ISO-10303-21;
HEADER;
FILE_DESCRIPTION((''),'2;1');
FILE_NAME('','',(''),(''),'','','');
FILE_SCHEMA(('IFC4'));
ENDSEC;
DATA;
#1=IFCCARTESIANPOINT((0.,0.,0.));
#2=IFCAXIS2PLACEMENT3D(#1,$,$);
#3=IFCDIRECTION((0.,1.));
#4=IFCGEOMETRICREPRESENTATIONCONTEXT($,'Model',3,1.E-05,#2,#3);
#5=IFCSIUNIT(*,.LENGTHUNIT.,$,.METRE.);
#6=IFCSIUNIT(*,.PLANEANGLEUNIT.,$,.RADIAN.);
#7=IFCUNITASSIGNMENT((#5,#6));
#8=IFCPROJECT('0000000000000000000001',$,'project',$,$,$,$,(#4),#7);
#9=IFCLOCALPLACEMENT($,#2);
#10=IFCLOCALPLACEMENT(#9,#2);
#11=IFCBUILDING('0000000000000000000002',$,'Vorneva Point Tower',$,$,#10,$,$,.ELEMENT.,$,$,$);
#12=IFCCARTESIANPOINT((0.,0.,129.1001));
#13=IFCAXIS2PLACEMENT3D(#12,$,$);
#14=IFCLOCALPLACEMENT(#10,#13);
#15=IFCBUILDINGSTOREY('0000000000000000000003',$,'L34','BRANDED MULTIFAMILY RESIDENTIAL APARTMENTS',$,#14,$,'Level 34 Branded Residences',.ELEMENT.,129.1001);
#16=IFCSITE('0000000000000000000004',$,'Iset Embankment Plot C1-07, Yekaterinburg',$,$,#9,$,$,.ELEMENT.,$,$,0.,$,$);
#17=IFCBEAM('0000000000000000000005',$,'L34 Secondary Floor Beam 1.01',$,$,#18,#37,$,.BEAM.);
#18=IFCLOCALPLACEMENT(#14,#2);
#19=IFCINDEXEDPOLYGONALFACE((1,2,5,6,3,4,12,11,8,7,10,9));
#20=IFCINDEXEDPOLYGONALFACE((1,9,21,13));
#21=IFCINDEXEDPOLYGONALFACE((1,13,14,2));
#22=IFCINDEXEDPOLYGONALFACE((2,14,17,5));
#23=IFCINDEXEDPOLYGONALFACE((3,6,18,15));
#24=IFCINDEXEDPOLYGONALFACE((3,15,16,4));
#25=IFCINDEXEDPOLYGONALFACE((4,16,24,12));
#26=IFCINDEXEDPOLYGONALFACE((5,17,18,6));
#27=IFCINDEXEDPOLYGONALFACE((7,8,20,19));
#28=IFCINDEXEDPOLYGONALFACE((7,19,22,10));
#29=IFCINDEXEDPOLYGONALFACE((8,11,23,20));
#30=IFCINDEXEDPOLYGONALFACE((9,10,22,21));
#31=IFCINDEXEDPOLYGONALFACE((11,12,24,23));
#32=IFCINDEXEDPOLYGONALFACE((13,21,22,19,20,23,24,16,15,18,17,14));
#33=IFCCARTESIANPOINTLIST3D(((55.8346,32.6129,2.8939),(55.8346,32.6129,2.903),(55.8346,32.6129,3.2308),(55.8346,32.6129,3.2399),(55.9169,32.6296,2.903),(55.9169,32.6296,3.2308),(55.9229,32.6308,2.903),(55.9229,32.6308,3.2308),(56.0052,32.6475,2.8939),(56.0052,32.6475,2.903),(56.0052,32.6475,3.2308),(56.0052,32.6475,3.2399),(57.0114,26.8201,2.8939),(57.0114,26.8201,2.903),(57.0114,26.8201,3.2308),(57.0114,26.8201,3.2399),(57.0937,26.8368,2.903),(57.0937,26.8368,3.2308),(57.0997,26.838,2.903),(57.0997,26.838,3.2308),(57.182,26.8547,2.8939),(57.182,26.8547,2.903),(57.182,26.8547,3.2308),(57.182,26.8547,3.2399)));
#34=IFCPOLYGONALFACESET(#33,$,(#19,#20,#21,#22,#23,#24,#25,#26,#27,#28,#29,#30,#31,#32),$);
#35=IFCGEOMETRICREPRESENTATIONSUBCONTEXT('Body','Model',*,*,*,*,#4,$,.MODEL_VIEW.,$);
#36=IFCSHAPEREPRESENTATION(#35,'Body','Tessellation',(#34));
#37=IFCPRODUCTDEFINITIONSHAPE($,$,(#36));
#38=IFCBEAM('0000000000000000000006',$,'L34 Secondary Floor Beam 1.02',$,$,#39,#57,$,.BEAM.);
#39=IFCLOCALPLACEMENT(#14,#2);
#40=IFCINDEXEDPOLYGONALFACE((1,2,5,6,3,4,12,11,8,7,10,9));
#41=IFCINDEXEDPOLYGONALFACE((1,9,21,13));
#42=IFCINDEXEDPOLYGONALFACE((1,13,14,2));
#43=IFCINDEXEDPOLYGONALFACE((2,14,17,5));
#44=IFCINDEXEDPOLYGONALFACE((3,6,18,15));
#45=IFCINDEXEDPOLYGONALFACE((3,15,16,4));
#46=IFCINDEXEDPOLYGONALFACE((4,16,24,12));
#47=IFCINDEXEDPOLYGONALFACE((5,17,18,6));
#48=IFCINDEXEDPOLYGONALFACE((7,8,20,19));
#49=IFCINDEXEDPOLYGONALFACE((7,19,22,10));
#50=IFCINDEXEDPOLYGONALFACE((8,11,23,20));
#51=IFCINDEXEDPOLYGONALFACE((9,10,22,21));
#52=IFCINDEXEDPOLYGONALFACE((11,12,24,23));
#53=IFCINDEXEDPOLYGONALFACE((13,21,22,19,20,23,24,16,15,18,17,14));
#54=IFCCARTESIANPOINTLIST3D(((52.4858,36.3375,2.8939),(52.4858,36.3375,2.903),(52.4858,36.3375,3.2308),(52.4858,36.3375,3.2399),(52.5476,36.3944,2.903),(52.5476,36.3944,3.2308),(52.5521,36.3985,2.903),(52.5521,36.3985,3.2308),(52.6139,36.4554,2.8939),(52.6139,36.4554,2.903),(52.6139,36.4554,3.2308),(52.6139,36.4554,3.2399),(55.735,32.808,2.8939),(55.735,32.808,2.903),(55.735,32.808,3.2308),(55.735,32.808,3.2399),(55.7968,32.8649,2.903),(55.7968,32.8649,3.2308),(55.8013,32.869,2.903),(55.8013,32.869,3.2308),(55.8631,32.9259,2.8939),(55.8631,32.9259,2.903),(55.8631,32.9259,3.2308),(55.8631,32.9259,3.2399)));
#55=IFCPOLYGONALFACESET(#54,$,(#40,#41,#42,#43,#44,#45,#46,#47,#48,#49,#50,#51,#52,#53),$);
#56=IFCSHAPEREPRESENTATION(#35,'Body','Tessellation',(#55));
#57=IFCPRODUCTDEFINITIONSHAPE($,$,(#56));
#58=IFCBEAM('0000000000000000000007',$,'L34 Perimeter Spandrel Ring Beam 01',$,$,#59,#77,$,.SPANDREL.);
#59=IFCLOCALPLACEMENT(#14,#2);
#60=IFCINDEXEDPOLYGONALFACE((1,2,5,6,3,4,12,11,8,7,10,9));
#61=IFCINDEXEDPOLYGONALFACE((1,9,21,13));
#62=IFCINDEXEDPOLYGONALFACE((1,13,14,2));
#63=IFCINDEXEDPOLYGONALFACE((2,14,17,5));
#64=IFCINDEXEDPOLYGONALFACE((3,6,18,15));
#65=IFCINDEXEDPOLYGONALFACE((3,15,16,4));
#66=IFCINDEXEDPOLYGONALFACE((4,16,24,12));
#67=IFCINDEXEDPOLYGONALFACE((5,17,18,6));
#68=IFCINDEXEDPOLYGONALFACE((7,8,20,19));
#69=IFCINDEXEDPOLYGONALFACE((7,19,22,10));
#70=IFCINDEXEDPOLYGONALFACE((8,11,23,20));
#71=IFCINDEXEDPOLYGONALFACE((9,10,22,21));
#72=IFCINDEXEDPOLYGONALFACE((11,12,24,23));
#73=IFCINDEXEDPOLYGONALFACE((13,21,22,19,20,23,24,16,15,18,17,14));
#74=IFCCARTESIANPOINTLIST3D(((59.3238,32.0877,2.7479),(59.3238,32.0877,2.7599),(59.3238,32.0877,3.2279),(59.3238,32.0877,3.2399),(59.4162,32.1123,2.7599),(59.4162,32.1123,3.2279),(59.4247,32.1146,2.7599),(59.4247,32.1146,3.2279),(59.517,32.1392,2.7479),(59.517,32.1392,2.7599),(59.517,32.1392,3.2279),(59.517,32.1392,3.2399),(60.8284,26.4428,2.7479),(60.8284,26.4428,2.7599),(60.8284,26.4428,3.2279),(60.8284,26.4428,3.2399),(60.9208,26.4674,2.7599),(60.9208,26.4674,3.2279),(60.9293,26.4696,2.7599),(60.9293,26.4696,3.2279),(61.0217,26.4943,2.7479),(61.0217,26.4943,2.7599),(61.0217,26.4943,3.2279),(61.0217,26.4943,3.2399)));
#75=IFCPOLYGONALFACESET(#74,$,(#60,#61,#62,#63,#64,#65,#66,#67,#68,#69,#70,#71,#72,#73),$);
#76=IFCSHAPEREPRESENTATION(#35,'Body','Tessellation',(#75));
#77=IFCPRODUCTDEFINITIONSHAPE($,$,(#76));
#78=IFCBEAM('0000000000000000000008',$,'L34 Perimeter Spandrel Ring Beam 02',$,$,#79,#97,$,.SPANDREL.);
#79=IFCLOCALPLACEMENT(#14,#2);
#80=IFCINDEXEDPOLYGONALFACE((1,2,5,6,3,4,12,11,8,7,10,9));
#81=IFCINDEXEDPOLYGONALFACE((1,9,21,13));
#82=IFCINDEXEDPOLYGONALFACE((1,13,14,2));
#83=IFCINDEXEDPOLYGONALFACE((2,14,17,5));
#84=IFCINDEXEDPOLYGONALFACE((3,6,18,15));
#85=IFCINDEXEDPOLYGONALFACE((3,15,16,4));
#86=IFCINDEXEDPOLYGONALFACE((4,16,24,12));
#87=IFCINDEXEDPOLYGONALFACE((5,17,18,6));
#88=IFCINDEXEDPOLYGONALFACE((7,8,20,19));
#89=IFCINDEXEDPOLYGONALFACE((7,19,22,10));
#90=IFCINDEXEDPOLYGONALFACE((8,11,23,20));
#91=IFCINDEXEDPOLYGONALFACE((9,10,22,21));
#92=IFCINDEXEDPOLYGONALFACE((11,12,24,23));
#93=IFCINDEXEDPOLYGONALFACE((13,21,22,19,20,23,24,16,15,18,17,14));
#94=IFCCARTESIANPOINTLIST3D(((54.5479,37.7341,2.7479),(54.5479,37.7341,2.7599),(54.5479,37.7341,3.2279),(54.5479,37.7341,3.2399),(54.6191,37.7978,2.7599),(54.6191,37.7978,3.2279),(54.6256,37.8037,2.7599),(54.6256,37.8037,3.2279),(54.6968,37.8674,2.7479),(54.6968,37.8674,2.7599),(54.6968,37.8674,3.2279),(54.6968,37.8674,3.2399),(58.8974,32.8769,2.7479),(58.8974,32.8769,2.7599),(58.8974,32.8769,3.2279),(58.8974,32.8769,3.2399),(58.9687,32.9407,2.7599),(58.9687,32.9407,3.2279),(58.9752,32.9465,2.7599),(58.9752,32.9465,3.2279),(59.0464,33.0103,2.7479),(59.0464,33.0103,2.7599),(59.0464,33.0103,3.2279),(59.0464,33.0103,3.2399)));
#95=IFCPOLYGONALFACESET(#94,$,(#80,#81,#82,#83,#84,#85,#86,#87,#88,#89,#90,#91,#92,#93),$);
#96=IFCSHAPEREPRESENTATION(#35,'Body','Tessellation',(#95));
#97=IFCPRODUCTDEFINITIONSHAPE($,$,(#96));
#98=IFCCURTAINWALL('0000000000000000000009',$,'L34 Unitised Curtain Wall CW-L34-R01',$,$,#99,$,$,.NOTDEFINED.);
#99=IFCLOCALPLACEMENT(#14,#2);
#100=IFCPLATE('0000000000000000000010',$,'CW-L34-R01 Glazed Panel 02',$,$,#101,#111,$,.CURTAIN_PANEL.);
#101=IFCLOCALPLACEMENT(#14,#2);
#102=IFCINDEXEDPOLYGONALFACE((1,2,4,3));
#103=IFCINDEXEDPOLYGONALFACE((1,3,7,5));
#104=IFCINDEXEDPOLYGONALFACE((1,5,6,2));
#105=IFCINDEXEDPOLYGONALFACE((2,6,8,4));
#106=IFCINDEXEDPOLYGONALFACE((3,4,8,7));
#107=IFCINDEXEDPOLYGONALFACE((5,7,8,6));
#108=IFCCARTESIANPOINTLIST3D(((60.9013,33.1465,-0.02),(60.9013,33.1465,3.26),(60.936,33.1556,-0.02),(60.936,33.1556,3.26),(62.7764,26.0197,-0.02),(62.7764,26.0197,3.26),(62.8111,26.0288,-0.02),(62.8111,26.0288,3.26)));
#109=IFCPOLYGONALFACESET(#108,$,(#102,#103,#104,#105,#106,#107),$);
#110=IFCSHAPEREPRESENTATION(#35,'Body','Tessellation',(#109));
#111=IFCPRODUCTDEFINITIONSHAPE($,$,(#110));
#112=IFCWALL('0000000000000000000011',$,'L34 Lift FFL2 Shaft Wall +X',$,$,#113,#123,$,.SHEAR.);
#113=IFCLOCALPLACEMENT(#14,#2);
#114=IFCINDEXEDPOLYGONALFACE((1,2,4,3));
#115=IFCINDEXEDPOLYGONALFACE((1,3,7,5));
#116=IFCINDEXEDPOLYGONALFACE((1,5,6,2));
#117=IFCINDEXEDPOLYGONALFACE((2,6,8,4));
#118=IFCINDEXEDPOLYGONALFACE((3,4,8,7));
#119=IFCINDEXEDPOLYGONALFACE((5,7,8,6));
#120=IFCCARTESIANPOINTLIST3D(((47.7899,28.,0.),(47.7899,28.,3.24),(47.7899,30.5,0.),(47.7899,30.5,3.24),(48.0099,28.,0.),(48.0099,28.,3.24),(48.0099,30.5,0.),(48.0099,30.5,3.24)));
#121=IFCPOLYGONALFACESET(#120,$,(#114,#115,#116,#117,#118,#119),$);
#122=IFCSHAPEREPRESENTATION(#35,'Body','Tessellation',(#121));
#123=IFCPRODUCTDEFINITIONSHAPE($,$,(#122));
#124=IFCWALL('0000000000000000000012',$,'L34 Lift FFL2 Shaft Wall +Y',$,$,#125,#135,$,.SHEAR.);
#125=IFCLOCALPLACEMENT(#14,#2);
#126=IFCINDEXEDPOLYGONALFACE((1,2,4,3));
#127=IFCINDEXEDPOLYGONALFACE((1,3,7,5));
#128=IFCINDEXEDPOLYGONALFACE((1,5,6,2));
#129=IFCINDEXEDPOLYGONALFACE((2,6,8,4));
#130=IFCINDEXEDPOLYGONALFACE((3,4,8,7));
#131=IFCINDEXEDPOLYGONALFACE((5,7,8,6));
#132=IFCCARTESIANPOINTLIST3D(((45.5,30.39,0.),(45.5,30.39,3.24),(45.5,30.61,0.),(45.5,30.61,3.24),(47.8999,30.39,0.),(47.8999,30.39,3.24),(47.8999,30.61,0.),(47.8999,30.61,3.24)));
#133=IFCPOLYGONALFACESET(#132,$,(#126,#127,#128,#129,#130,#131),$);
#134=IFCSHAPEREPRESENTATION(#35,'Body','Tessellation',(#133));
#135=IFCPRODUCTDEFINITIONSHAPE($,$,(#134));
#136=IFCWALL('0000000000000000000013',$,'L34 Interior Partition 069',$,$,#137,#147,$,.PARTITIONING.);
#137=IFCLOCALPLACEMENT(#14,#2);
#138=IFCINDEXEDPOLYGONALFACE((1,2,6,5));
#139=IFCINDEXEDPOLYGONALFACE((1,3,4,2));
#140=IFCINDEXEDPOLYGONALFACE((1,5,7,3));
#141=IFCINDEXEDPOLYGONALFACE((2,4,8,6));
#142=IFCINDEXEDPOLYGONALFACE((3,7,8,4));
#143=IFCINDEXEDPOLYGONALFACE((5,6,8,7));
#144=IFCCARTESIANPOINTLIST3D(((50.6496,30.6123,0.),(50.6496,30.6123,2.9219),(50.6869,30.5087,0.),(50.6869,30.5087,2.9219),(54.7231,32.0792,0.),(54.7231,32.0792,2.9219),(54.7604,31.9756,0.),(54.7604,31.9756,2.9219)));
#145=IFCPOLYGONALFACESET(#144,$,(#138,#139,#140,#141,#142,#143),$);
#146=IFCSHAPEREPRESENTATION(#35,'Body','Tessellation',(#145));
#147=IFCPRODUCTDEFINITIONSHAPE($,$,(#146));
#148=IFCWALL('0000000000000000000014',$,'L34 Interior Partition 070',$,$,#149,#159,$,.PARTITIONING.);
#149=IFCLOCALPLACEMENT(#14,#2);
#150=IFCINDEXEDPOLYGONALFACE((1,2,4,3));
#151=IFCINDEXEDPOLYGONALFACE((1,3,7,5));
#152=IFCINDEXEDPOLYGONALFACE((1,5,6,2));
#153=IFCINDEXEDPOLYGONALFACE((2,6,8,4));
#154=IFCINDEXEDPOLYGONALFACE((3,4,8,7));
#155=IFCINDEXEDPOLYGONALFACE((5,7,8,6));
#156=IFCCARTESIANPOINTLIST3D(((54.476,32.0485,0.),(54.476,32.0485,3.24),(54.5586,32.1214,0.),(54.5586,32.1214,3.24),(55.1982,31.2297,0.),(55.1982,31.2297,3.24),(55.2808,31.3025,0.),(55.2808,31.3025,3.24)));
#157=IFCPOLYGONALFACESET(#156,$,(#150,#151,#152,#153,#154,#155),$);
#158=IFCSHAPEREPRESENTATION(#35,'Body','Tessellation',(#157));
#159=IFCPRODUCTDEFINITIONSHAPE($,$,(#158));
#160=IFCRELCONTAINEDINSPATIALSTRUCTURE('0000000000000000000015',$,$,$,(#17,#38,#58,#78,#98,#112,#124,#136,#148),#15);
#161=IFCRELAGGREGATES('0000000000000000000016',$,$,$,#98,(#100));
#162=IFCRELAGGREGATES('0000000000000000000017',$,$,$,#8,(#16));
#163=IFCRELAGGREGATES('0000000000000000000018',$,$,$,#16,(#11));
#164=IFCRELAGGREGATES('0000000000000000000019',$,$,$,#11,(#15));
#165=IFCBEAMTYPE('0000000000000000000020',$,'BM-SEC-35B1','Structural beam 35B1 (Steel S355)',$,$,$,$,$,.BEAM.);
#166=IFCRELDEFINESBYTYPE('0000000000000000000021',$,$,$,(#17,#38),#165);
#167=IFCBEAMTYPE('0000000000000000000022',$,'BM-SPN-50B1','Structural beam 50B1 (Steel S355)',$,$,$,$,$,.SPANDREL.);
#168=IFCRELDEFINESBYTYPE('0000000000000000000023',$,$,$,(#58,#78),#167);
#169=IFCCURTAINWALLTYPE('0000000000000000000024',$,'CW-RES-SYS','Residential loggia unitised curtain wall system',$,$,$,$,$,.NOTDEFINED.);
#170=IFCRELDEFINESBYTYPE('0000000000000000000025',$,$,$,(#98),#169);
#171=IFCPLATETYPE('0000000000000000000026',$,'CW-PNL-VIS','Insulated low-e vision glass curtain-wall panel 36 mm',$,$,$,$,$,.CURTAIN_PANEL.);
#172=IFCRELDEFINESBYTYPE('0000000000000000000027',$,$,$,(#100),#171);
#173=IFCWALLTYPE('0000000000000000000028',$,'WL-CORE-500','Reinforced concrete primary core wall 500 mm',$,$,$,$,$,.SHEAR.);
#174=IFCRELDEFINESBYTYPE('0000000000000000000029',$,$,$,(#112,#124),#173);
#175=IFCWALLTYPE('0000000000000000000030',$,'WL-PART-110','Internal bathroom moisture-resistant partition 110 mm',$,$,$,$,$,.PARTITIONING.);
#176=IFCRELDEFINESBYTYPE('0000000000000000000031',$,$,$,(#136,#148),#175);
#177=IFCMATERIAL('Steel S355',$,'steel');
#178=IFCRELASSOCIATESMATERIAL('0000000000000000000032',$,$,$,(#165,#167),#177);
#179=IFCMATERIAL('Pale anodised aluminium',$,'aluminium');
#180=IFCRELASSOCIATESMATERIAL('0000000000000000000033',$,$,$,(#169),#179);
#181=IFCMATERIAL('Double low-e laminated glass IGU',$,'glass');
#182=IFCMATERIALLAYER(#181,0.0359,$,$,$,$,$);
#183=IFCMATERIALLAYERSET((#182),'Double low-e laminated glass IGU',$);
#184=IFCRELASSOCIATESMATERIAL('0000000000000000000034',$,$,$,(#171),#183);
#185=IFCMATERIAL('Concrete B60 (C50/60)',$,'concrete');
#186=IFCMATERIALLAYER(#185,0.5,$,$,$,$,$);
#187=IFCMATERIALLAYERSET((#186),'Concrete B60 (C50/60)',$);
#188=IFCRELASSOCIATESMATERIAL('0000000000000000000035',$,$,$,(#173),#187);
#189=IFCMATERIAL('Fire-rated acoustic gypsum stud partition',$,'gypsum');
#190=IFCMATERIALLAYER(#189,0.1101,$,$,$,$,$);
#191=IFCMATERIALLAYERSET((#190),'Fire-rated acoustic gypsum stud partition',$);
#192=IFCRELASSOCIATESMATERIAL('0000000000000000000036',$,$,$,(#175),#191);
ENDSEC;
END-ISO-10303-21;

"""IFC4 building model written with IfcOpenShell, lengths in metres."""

from ifc_helpers import new_model, si_unit, direction, frame, frame_2d, origin, origin_2d, place, context, subcontext, project, spatial, rectangle, i_section, extrude, material, layer, layer_set, material_profile, profile_set, type_object, element, aggregate, save


model = new_model("IFC4")

# Units and contexts
model_context = context("Model", 3, precision=1e-05, world=origin(), true_north=direction((0.0, 1.0)))
body_context = subcontext(model_context, "Body", "Model", "MODEL_VIEW")
ifc_project = project(units=[si_unit("LENGTHUNIT", "METRE"), si_unit("PLANEANGLEUNIT", "RADIAN")], contexts=[model_context])

# Site, building, storey
site_placement = place(None, origin())
site = spatial("IfcSite", under=ifc_project, at=site_placement, Name="Iset Embankment Plot C1-07, Yekaterinburg", CompositionType="ELEMENT", RefElevation=0.0)
building_placement = place(site_placement, origin())
building = spatial("IfcBuilding", under=site, at=building_placement, Name="Vorneva Point Tower", CompositionType="ELEMENT")
storey_placement = place(building_placement, frame((0.0, 0.0, 129.1001)))
storey = spatial("IfcBuildingStorey", under=building, at=storey_placement, Name="L34", Description="BRANDED MULTIFAMILY RESIDENTIAL APARTMENTS", LongName="Level 34 Branded Residences", CompositionType="ELEMENT", Elevation=129.1001)

# Shared definitions
ifc_material_1 = material(Name="Concrete B60 (C50/60)", Category="concrete")

# Beams
ifc_material_2 = material(Name="Steel S355", Category="steel")
ifc_material_profile_1 = material_profile(ifc_material_2, i_section(OverallWidth=0.1741, OverallDepth=0.3459, WebThickness=0.0061, FlangeThickness=0.009, at=origin_2d()), Name="35B1")
ifc_profile_set_1 = profile_set([ifc_material_profile_1], Name="Steel S355")
beam_type_1 = type_object("IfcBeamType", Name="BM-SEC-35B1", Description="Structural beam 35B1 (Steel S355)", PredefinedType="BEAM", material=ifc_profile_set_1)
beam_1_placement = place(storey_placement, frame((57.0967, 26.8374, 3.0669), z_axis=(-0.199078, 0.979984, 0.0), x_axis=(-0.979984, -0.199078, 0.0)))
element("IfcBeam", 1, at=beam_1_placement, inside=storey, type_object=beam_type_1, Name="L34 Secondary Floor Beam 1.01", PredefinedType="BEAM", context=body_context, shape_type="SweptSolid", body=[
    extrude(i_section(OverallWidth=0.1741, OverallDepth=0.3459, WebThickness=0.0061, FlangeThickness=0.009, at=origin_2d()), origin(), (0.0, 0.0, 1.0), 5.9111),
])
beam_2_placement = place(storey_placement, frame((55.7991, 32.8669, 3.0669), z_axis=(-0.677292, 0.735714, 0.0), x_axis=(-0.735714, -0.677292, 0.0)))
element("IfcBeam", 2, at=beam_2_placement, inside=storey, type_object=beam_type_1, Name="L34 Secondary Floor Beam 1.02", PredefinedType="BEAM", context=body_context, shape_type="SweptSolid", body=[
    extrude(i_section(OverallWidth=0.1741, OverallDepth=0.3459, WebThickness=0.0061, FlangeThickness=0.009, at=origin_2d()), origin(), (0.0, 0.0, 1.0), 4.7974),
])
ifc_material_profile_2 = material_profile(ifc_material_2, i_section(OverallWidth=0.2, OverallDepth=0.4919, WebThickness=0.0088, FlangeThickness=0.012, at=origin_2d()), Name="50B1")
ifc_profile_set_2 = profile_set([ifc_material_profile_2], Name="Steel S355")
beam_type_2 = type_object("IfcBeamType", Name="BM-SPN-50B1", Description="Structural beam 50B1 (Steel S355)", PredefinedType="SPANDREL", material=ifc_profile_set_2)
beam_3_placement = place(storey_placement, frame((60.925, 26.4685, 2.9939), z_axis=(-0.257551, 0.966265, 0.0), x_axis=(-0.966265, -0.257551, 0.0)))
element("IfcBeam", 3, at=beam_3_placement, inside=storey, type_object=beam_type_2, Name="L34 Perimeter Spandrel Ring Beam 01", PredefinedType="SPANDREL", context=body_context, shape_type="SweptSolid", body=[
    extrude(i_section(OverallWidth=0.2, OverallDepth=0.4919, WebThickness=0.0088, FlangeThickness=0.012, at=origin_2d()), origin(), (0.0, 0.0, 1.0), 5.842),
])
beam_4_placement = place(storey_placement, frame((58.9719, 32.9436, 2.9939), z_axis=(-0.667111, 0.744958, 0.0), x_axis=(-0.744958, -0.667111, 0.0)))
element("IfcBeam", 4, at=beam_4_placement, inside=storey, type_object=beam_type_2, Name="L34 Perimeter Spandrel Ring Beam 02", PredefinedType="SPANDREL", context=body_context, shape_type="SweptSolid", body=[
    extrude(i_section(OverallWidth=0.2, OverallDepth=0.4919, WebThickness=0.0088, FlangeThickness=0.012, at=origin_2d()), origin(), (0.0, 0.0, 1.0), 6.52),
])

# Curtain wall, plate
ifc_material_3 = material(Name="Pale anodised aluminium", Category="aluminium")
curtain_wall_type = type_object("IfcCurtainWallType", Name="CW-RES-SYS", Description="Residential loggia unitised curtain wall system", PredefinedType="NOTDEFINED", material=ifc_material_3)
curtain_wall_placement = place(storey_placement, origin())
curtain_wall = element("IfcCurtainWall", 5, at=curtain_wall_placement, inside=storey, type_object=curtain_wall_type, Name="L34 Unitised Curtain Wall CW-L34-R01", PredefinedType="NOTDEFINED")
ifc_material_4 = material(Name="Double low-e laminated glass IGU", Category="glass")
ifc_layer_1 = layer(ifc_material_4, 0.0359)
ifc_layer_set_1 = layer_set([ifc_layer_1], Name="Double low-e laminated glass IGU")
plate_type = type_object("IfcPlateType", Name="CW-PNL-VIS", Description="Insulated low-e vision glass curtain-wall panel 36 mm", PredefinedType="CURTAIN_PANEL", material=ifc_layer_set_1)
plate_placement = place(storey_placement, frame((61.8562, 29.5876, -0.02), z_axis=(0.0, 0.0, 1.0), x_axis=(-0.254433, 0.96709, 0.0)))
plate = element("IfcPlate", 6, at=plate_placement, type_object=plate_type, Name="CW-L34-R01 Glazed Panel 02", PredefinedType="CURTAIN_PANEL", context=body_context, shape_type="SweptSolid", body=[
    extrude(rectangle(XDim=7.3694, YDim=0.0359, at=origin_2d()), origin(), (0.0, 0.0, 1.0), 3.28),
])
aggregate(curtain_wall, [plate])

# Walls
ifc_layer_2 = layer(ifc_material_1, 0.5)
ifc_layer_set_2 = layer_set([ifc_layer_2], Name="Concrete B60 (C50/60)")
wall_type_1 = type_object("IfcWallType", Name="WL-CORE-500", Description="Reinforced concrete primary core wall 500 mm", PredefinedType="SHEAR", material=ifc_layer_set_2)
wall_1_placement = place(storey_placement, frame((47.8999, 28.0, 0.0), z_axis=(0.0, 0.0, 1.0), x_axis=(0.0, 1.0, 0.0)))
element("IfcWall", 7, at=wall_1_placement, inside=storey, type_object=wall_type_1, Name="L34 Lift FFL2 Shaft Wall +X", PredefinedType="SHEAR", context=body_context, shape_type="SweptSolid", body=[
    extrude(rectangle(XDim=2.5, YDim=0.22, at=frame_2d((1.25, 0.0))), origin(), (0.0, 0.0, 1.0), 3.24),
])
wall_2_placement = place(storey_placement, frame((47.8999, 30.5, 0.0), z_axis=(0.0, 0.0, 1.0), x_axis=(-1.0, 0.0, 0.0)))
element("IfcWall", 8, at=wall_2_placement, inside=storey, type_object=wall_type_1, Name="L34 Lift FFL2 Shaft Wall +Y", PredefinedType="SHEAR", context=body_context, shape_type="SweptSolid", body=[
    extrude(rectangle(XDim=2.3999, YDim=0.22, at=frame_2d((1.2, 0.0))), origin(), (0.0, 0.0, 1.0), 3.24),
])
ifc_material_5 = material(Name="Fire-rated acoustic gypsum stud partition", Category="gypsum")
ifc_layer_3 = layer(ifc_material_5, 0.1101)
ifc_layer_set_3 = layer_set([ifc_layer_3], Name="Fire-rated acoustic gypsum stud partition")
wall_type_2 = type_object("IfcWallType", Name="WL-PART-110", Description="Internal bathroom moisture-resistant partition 110 mm", PredefinedType="PARTITIONING", material=ifc_layer_set_3)
wall_3_placement = place(storey_placement, frame((50.6682, 30.5605, 0.0), z_axis=(0.0, 0.0, 1.0), x_axis=(0.940862, 0.338789, 0.0)))
element("IfcWall", 9, at=wall_3_placement, inside=storey, type_object=wall_type_2, Name="L34 Interior Partition 069", PredefinedType="PARTITIONING", context=body_context, shape_type="SweptSolid", body=[
    extrude(rectangle(XDim=4.3296, YDim=0.1101, at=frame_2d((2.1648, 0.0))), origin(), (0.0, 0.0, 1.0), 2.9219),
])
wall_4_placement = place(storey_placement, frame((54.5173, 32.085, 0.0), z_axis=(0.0, 0.0, 1.0), x_axis=(0.661444, -0.749994, 0.0)))
element("IfcWall", 10, at=wall_4_placement, inside=storey, type_object=wall_type_2, Name="L34 Interior Partition 070", PredefinedType="PARTITIONING", context=body_context, shape_type="SweptSolid", body=[
    extrude(rectangle(XDim=1.0918, YDim=0.1101, at=frame_2d((0.5459, 0.0))), origin(), (0.0, 0.0, 1.0), 3.24),
])

save(model, "model.ifc")
